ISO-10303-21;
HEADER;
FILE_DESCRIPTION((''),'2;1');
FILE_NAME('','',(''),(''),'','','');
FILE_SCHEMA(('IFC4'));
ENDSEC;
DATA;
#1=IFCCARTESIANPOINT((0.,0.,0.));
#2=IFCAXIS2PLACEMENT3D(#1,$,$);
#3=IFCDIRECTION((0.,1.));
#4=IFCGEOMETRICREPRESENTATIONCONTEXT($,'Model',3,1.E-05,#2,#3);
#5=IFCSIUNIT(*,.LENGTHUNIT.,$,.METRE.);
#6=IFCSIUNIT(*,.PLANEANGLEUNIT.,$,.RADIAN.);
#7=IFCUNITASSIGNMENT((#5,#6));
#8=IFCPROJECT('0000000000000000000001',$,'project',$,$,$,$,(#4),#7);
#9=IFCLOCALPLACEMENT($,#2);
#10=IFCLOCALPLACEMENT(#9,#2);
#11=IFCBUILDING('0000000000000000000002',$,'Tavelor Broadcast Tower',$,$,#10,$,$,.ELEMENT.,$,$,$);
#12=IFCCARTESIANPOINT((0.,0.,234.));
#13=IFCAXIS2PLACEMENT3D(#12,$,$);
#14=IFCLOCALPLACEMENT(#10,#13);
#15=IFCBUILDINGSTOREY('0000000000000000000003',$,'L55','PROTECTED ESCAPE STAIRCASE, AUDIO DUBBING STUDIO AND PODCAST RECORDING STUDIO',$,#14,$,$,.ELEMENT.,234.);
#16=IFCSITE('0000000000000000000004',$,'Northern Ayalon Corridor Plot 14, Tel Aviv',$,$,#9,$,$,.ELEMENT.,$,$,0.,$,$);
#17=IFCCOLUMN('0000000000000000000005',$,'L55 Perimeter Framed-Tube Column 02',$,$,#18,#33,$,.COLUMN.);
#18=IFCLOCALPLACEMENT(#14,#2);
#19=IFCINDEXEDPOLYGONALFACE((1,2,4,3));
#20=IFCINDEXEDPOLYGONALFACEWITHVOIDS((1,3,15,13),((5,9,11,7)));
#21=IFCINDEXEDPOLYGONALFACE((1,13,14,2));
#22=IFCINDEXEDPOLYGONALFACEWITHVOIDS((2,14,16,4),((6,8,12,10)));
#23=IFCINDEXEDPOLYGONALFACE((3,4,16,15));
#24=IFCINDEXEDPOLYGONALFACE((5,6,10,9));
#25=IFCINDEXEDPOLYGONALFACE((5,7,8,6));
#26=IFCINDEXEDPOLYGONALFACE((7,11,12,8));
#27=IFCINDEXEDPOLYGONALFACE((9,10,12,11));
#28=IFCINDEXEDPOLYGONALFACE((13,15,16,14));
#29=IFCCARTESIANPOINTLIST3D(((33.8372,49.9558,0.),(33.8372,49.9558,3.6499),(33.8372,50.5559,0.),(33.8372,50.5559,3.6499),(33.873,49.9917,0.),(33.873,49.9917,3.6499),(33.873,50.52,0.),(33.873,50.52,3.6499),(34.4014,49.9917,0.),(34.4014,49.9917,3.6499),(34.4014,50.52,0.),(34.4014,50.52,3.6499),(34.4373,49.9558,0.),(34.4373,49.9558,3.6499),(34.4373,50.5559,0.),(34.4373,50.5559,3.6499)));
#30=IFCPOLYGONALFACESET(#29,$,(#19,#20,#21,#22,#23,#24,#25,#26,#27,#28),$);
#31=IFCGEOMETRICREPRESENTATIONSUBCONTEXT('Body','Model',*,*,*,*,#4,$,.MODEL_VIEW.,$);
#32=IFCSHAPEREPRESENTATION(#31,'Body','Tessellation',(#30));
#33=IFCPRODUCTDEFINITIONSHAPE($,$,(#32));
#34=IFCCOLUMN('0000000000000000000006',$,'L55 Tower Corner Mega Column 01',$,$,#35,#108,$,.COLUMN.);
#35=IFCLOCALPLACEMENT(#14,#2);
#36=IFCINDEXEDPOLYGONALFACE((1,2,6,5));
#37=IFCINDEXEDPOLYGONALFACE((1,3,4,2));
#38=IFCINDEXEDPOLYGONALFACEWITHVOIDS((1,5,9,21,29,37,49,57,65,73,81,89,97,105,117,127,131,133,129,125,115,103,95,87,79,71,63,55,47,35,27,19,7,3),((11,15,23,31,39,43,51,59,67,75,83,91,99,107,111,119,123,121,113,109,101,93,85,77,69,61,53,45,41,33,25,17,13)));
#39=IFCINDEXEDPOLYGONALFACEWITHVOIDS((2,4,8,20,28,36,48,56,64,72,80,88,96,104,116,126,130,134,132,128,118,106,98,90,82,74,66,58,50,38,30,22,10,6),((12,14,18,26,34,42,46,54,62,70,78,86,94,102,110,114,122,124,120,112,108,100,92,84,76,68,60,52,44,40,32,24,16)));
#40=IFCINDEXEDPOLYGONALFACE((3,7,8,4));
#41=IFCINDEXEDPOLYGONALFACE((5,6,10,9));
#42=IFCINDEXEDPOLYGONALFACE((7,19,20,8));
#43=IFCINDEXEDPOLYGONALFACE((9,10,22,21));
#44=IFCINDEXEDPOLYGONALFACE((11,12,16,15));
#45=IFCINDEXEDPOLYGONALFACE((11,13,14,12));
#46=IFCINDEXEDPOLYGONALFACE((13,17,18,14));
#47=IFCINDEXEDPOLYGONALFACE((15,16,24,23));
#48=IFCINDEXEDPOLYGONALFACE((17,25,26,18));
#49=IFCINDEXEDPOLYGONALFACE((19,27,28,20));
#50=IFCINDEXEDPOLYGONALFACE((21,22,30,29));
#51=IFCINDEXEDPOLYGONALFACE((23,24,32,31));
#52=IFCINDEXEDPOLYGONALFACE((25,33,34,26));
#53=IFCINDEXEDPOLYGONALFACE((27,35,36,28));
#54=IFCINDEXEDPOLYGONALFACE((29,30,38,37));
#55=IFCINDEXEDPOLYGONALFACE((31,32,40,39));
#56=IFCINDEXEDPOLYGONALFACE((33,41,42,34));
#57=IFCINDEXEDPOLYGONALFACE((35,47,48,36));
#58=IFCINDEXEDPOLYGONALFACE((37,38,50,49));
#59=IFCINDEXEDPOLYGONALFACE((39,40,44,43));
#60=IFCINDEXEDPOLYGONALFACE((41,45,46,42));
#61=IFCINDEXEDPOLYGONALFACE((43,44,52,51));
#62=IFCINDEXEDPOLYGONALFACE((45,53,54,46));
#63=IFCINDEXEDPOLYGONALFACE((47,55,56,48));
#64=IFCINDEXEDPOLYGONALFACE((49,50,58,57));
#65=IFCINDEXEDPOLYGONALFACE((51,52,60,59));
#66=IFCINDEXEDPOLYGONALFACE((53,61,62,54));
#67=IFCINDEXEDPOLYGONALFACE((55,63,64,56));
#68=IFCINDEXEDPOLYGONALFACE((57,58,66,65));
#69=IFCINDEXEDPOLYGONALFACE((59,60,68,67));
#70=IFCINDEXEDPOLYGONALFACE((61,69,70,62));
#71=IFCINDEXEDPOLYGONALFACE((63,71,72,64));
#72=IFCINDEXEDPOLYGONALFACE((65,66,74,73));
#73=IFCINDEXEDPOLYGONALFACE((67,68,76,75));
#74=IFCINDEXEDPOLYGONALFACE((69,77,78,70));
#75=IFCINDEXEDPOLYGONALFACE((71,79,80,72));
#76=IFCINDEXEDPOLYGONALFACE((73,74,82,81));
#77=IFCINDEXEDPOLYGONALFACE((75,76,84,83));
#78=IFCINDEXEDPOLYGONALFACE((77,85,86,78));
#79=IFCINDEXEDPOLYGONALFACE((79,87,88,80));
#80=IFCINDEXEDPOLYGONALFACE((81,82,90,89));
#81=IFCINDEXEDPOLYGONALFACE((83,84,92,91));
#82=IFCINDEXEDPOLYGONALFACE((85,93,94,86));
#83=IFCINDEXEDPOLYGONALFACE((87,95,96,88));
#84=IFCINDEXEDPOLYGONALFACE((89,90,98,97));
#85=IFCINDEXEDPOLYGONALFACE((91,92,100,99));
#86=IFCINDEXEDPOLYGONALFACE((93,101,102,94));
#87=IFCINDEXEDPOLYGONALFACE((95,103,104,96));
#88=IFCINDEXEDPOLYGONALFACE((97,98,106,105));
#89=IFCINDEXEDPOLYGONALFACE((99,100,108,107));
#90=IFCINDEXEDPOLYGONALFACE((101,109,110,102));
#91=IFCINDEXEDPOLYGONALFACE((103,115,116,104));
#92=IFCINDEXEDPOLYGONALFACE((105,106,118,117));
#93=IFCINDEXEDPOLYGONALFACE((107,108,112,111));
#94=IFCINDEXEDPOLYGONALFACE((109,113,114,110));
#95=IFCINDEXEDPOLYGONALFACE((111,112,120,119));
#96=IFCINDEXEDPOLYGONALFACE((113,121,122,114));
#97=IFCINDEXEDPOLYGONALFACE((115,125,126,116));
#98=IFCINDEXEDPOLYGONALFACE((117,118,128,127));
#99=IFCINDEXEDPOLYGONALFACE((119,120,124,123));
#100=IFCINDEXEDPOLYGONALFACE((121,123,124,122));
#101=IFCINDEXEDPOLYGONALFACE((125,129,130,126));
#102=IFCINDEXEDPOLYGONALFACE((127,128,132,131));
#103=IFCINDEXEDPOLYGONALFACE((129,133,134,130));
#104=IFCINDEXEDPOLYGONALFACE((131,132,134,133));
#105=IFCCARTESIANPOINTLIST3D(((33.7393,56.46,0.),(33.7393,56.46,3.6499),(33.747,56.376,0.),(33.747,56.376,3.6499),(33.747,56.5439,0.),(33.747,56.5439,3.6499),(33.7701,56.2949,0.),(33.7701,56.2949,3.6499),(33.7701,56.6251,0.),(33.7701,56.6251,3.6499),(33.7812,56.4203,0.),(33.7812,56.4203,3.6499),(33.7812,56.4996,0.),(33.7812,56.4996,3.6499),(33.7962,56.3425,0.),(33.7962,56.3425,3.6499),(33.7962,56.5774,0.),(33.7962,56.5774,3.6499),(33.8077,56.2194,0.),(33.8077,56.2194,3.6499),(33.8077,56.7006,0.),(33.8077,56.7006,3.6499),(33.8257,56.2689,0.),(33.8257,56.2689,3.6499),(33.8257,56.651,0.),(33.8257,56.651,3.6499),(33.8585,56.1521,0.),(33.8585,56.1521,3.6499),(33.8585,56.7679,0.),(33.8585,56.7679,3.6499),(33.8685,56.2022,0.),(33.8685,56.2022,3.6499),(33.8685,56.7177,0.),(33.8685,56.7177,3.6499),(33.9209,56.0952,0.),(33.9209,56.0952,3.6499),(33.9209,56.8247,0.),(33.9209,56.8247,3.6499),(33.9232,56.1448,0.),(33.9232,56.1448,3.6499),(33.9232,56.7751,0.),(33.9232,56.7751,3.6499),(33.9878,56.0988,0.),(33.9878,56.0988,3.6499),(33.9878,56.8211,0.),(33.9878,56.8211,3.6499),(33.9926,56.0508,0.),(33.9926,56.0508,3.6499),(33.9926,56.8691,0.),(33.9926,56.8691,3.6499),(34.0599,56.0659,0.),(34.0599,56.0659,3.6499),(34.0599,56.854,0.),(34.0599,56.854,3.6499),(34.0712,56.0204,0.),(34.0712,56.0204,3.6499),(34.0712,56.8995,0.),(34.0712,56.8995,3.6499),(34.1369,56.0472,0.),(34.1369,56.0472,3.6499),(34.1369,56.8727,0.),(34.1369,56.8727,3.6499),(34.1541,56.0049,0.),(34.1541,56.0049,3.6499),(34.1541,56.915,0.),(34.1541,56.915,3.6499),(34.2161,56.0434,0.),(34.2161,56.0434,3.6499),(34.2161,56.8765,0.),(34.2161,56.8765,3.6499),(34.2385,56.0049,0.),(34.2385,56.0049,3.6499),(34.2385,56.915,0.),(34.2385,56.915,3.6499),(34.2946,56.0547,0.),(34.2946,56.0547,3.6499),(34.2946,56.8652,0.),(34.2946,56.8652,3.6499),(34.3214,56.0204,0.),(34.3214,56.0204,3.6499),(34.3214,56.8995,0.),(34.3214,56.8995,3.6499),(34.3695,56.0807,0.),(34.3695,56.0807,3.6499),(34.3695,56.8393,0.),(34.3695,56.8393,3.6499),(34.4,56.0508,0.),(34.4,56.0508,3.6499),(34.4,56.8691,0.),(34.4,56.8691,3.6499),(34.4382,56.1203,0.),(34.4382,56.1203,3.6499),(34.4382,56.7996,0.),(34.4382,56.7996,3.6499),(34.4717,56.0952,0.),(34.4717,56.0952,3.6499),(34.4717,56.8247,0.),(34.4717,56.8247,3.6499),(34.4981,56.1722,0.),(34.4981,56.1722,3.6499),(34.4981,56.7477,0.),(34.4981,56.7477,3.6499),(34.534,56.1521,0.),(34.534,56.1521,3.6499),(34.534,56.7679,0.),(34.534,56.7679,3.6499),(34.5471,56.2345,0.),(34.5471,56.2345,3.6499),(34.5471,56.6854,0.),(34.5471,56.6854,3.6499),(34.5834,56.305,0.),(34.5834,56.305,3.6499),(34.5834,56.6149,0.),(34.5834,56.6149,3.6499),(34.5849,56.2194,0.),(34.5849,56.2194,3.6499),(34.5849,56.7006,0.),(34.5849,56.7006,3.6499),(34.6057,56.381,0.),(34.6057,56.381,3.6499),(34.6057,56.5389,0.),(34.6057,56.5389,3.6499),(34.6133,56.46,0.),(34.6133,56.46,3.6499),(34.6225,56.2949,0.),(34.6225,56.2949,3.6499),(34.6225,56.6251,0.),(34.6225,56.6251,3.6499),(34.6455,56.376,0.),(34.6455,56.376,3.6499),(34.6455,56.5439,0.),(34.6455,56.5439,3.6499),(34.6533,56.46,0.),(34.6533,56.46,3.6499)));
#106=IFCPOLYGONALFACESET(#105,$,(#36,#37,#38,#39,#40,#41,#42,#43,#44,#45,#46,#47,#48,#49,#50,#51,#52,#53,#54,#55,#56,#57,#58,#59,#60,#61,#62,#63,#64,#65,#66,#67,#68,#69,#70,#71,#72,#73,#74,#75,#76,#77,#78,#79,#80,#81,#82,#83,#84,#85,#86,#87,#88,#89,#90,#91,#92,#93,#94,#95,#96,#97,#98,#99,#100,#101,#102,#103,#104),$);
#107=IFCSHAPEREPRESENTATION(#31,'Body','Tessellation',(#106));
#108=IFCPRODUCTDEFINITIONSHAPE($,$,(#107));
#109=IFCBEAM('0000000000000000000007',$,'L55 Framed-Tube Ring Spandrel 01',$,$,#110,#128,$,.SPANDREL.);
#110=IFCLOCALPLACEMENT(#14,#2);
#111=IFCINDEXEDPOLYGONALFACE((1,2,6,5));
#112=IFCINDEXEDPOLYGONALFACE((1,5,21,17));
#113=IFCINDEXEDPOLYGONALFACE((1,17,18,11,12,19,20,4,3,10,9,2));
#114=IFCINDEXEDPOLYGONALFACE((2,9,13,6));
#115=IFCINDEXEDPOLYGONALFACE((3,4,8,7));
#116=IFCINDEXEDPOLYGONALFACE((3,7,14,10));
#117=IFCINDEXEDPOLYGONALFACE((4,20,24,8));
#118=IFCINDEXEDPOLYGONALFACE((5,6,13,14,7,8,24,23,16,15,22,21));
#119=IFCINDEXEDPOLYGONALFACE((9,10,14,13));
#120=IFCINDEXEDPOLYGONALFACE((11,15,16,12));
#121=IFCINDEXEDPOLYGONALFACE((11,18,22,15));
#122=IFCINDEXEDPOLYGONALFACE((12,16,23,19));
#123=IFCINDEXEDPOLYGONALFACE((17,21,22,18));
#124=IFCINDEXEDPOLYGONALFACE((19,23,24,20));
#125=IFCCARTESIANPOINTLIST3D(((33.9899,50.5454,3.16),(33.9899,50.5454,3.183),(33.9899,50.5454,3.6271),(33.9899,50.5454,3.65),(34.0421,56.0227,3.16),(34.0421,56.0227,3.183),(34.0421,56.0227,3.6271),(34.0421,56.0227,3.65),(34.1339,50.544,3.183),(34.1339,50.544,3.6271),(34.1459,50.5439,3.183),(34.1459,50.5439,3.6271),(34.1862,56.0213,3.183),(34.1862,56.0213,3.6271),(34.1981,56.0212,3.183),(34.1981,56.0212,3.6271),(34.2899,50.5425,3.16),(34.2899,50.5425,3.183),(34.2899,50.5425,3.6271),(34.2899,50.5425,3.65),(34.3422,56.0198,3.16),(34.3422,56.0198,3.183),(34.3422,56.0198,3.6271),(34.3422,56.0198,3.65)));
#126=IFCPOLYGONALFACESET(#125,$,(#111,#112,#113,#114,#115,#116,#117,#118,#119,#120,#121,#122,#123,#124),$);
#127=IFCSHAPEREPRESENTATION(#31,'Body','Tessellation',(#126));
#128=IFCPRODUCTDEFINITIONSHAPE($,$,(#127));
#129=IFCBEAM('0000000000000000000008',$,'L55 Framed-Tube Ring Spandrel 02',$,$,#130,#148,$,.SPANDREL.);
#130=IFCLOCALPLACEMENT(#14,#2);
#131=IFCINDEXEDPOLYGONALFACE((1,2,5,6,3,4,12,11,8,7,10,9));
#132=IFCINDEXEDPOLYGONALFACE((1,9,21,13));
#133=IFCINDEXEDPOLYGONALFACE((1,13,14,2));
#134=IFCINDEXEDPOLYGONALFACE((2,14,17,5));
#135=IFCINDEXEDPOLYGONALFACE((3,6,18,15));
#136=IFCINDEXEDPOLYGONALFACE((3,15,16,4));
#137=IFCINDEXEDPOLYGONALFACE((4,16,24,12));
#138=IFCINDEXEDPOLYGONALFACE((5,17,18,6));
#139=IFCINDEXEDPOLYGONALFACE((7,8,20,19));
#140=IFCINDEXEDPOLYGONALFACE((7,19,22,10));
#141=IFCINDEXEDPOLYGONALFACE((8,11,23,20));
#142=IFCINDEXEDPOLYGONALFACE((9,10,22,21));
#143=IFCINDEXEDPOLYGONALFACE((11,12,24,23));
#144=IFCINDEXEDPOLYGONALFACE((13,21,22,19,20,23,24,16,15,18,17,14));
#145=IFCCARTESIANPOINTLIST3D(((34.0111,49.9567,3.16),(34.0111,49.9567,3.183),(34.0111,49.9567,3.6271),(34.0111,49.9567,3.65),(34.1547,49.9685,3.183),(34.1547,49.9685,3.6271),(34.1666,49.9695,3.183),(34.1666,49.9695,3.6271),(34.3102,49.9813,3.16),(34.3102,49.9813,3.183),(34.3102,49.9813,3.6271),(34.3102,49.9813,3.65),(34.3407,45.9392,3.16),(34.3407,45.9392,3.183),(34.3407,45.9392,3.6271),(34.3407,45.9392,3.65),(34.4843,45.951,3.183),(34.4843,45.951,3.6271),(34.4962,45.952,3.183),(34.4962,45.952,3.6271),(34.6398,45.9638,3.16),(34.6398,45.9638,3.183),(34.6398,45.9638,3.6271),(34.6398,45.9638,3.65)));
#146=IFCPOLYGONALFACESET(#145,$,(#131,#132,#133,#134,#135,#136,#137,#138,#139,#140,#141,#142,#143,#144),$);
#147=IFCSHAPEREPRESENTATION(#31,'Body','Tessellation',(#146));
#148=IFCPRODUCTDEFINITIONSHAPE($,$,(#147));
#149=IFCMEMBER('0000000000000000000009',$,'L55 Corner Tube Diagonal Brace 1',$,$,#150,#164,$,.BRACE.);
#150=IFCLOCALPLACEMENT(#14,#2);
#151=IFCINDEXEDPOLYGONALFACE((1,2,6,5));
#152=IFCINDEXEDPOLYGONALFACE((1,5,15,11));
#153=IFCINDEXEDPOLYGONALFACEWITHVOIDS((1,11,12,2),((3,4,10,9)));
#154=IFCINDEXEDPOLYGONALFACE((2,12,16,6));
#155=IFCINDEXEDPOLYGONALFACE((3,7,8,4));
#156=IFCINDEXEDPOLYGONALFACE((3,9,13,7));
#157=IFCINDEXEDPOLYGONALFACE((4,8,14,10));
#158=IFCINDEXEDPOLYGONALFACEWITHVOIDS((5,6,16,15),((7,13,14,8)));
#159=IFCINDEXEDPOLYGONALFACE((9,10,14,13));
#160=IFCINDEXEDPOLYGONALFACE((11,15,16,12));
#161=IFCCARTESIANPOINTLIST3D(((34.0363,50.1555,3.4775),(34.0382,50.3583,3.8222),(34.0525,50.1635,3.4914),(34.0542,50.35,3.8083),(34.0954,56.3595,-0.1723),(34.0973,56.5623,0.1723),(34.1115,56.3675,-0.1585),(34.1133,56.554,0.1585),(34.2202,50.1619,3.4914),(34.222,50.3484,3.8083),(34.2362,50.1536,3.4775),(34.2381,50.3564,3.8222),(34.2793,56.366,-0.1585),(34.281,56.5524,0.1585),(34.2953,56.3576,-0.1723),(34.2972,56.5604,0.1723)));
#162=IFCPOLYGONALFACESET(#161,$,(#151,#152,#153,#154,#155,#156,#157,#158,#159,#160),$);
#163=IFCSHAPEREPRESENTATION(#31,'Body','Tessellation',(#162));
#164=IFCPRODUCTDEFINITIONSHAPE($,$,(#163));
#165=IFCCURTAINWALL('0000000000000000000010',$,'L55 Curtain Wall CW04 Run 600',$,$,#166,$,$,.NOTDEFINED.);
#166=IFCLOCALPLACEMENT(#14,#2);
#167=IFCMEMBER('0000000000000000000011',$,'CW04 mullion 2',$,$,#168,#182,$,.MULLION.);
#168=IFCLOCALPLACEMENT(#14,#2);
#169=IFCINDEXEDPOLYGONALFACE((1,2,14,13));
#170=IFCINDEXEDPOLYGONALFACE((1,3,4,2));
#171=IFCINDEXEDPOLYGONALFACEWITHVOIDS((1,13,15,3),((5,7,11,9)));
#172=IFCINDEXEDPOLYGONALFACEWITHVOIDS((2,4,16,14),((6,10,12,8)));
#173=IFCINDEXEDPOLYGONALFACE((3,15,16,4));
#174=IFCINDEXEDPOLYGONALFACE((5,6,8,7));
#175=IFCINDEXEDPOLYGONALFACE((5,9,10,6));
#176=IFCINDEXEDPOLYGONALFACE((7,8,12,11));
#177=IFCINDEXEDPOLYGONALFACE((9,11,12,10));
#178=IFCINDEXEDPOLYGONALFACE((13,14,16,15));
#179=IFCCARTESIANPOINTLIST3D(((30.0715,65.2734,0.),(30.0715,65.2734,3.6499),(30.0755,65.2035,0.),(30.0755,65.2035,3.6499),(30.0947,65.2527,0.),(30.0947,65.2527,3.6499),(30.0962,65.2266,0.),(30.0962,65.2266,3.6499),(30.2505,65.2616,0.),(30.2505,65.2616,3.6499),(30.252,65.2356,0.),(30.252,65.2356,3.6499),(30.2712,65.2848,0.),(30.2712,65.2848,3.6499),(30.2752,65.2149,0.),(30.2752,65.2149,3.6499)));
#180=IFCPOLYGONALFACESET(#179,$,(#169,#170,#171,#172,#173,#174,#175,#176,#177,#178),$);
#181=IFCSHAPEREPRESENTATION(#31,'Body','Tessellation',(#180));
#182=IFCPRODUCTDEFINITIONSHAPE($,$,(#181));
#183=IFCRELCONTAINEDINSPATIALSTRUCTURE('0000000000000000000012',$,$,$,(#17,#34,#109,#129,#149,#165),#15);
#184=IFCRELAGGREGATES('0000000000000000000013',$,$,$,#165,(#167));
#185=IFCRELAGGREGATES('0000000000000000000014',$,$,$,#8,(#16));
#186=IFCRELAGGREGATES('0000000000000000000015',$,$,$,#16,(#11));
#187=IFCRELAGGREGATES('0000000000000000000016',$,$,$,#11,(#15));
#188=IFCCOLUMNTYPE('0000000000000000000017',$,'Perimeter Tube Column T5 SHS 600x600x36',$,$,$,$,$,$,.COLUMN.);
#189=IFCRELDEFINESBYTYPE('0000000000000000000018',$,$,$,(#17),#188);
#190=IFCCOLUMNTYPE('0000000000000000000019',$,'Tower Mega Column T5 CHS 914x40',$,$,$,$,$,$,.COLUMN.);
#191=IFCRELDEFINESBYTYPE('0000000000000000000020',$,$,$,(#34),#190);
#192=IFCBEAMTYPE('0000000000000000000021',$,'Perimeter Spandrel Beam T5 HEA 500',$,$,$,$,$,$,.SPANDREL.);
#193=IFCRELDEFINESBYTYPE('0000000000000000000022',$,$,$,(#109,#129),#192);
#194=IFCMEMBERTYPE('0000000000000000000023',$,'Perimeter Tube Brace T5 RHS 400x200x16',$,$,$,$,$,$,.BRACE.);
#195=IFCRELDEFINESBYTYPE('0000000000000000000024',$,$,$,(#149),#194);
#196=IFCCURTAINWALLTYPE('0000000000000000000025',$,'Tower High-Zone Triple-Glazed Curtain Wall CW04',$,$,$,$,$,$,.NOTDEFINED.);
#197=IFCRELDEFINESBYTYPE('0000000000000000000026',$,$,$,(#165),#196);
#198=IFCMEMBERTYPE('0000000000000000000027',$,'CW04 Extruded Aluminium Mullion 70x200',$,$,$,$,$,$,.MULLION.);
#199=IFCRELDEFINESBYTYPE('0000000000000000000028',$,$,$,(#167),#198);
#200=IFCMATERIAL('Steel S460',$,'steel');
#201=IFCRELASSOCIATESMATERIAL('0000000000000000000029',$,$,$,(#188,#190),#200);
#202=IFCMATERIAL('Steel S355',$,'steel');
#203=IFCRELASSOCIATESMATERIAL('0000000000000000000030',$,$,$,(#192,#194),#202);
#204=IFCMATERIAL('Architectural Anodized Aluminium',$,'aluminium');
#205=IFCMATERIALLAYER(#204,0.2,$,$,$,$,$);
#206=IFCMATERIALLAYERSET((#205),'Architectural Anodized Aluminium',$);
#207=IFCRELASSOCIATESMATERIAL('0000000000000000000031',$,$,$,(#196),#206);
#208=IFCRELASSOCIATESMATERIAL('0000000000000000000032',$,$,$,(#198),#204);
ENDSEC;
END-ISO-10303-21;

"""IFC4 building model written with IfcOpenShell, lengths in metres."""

from ifc_helpers import new_model, si_unit, direction, frame, origin, origin_2d, place, context, subcontext, project, spatial, hollow_rectangle, hollow_circle, i_section, extrude, source, transform, mapped, material, layer, layer_set, material_profile, profile_set, type_object, type_shapes, element, aggregate, save


model = new_model("IFC4")

# Units and contexts
model_context = context("Model", 3, precision=1e-05, world=origin(), true_north=direction((0.0, 1.0)))
body_context = subcontext(model_context, "Body", "Model", "MODEL_VIEW")
ifc_project = project(units=[si_unit("LENGTHUNIT", "METRE"), si_unit("PLANEANGLEUNIT", "RADIAN")], contexts=[model_context])

# Site, building, storey
site_placement = place(None, origin())
site = spatial("IfcSite", under=ifc_project, at=site_placement, Name="Northern Ayalon Corridor Plot 14, Tel Aviv", CompositionType="ELEMENT", RefElevation=0.0)
building_placement = place(site_placement, origin())
building = spatial("IfcBuilding", under=site, at=building_placement, Name="Tavelor Broadcast Tower", CompositionType="ELEMENT")
storey_placement = place(building_placement, frame((0.0, 0.0, 234.0)))
storey = spatial("IfcBuildingStorey", under=building, at=storey_placement, Name="L55", Description="PROTECTED ESCAPE STAIRCASE, AUDIO DUBBING STUDIO AND PODCAST RECORDING STUDIO", CompositionType="ELEMENT", Elevation=234.0)

# Columns
ifc_material_1 = material(Name="Steel S460", Category="steel")
ifc_material_profile_1 = material_profile(ifc_material_1, hollow_rectangle(XDim=0.6001, YDim=0.6001, WallThickness=0.0359, at=origin_2d()), Name="SHS 600x600x36")
ifc_profile_set_1 = profile_set([ifc_material_profile_1], Name="Steel S460")
column_type_1 = type_object("IfcColumnType", Name="Perimeter Tube Column T5 SHS 600x600x36", PredefinedType="COLUMN", material=ifc_profile_set_1)
column_1_placement = place(storey_placement, frame((34.1372, 50.2559, 0.0), z_axis=(0.0, 0.0, 1.0), x_axis=(1.0, 0.0, 0.0)))
element("IfcColumn", 1, at=column_1_placement, inside=storey, type_object=column_type_1, Name="L55 Perimeter Framed-Tube Column 02", PredefinedType="COLUMN", context=body_context, shape_type="SweptSolid", body=[
    extrude(hollow_rectangle(XDim=0.6001, YDim=0.6001, WallThickness=0.0359, at=origin_2d()), origin(), (0.0, 0.0, 1.0), 3.6499),
])
ifc_material_profile_2 = material_profile(ifc_material_1, hollow_circle(Radius=0.457, WallThickness=0.04, at=origin_2d()), Name="CHS 914x40")
ifc_profile_set_2 = profile_set([ifc_material_profile_2], Name="Steel S460")
column_type_2 = type_object("IfcColumnType", Name="Tower Mega Column T5 CHS 914x40", PredefinedType="COLUMN", material=ifc_profile_set_2)
column_2_placement = place(storey_placement, frame((34.1963, 56.46, 0.0), z_axis=(0.0, 0.0, 1.0), x_axis=(1.0, 0.0, 0.0)))
element("IfcColumn", 2, at=column_2_placement, inside=storey, type_object=column_type_2, Name="L55 Tower Corner Mega Column 01", PredefinedType="COLUMN", context=body_context, shape_type="SweptSolid", body=[
    extrude(hollow_circle(Radius=0.457, WallThickness=0.04, at=origin_2d()), origin(), (0.0, 0.0, 1.0), 3.6499),
])

# Beams
ifc_material_2 = material(Name="Steel S355", Category="steel")
ifc_material_profile_3 = material_profile(ifc_material_2, i_section(OverallWidth=0.3, OverallDepth=0.49, WebThickness=0.012, FlangeThickness=0.0229, at=origin_2d()), Name="HEA 500")
ifc_profile_set_3 = profile_set([ifc_material_profile_3], Name="Steel S355")
beam_type = type_object("IfcBeamType", Name="Perimeter Spandrel Beam T5 HEA 500", PredefinedType="SPANDREL", material=ifc_profile_set_3)
beam_1_placement = place(storey_placement, frame((34.1921, 56.0212, 3.405), z_axis=(-0.009538, -0.999955, 0.0), x_axis=(0.999955, -0.009538, 0.0)))
element("IfcBeam", 3, at=beam_1_placement, inside=storey, type_object=beam_type, Name="L55 Framed-Tube Ring Spandrel 01", PredefinedType="SPANDREL", context=body_context, shape_type="SweptSolid", body=[
    extrude(i_section(OverallWidth=0.3, OverallDepth=0.49, WebThickness=0.012, FlangeThickness=0.0229, at=origin_2d()), origin(), (0.0, 0.0, 1.0), 5.4775),
])
beam_2_placement = place(storey_placement, frame((34.1606, 49.969, 3.405), z_axis=(0.081762, -0.996652, 0.0), x_axis=(0.996652, 0.081762, 0.0)))
element("IfcBeam", 4, at=beam_2_placement, inside=storey, type_object=beam_type, Name="L55 Framed-Tube Ring Spandrel 02", PredefinedType="SPANDREL", context=body_context, shape_type="SweptSolid", body=[
    extrude(i_section(OverallWidth=0.3, OverallDepth=0.49, WebThickness=0.012, FlangeThickness=0.0229, at=origin_2d()), origin(), (0.0, 0.0, 1.0), 4.031),
])

# Member
ifc_material_profile_4 = material_profile(ifc_material_2, hollow_rectangle(XDim=0.2, YDim=0.3999, WallThickness=0.0161, at=origin_2d()), Name="RHS 400x200x16")
ifc_profile_set_4 = profile_set([ifc_material_profile_4], Name="Steel S355")
member_type_1 = type_object("IfcMemberType", Name="Perimeter Tube Brace T5 RHS 400x200x16", PredefinedType="BRACE", material=ifc_profile_set_4)
member_1_placement = place(storey_placement, frame((34.1963, 56.46, 0.0), z_axis=(-0.008208, -0.861879, 0.507048), x_axis=(0.999955, -0.009523, 0.0)))
element("IfcMember", 5, at=member_1_placement, inside=storey, type_object=member_type_1, Name="L55 Corner Tube Diagonal Brace 1", PredefinedType="BRACE", context=body_context, shape_type="SweptSolid", body=[
    extrude(hollow_rectangle(XDim=0.2, YDim=0.3999, WallThickness=0.0161, at=origin_2d()), origin(), (0.0, 0.0, 1.0), 7.1982),
])

# Curtain wall, member
ifc_material_3 = material(Name="Architectural Anodized Aluminium", Category="aluminium")
ifc_layer_1 = layer(ifc_material_3, 0.2)
ifc_layer_set_1 = layer_set([ifc_layer_1], Name="Architectural Anodized Aluminium")
curtain_wall_type = type_object("IfcCurtainWallType", Name="Tower High-Zone Triple-Glazed Curtain Wall CW04", PredefinedType="NOTDEFINED", material=ifc_layer_set_1)
curtain_wall_placement = place(storey_placement, origin())
curtain_wall = element("IfcCurtainWall", 6, at=curtain_wall_placement, inside=storey, type_object=curtain_wall_type, Name="L55 Curtain Wall CW04 Run 600", PredefinedType="NOTDEFINED")
ifc_material_profile_5 = material_profile(ifc_material_3, hollow_rectangle(XDim=0.0701, YDim=0.2, WallThickness=0.022, at=origin_2d()), Name="RHS 70x200x22")
ifc_profile_set_5 = profile_set([ifc_material_profile_5], Name="Architectural Anodized Aluminium")
member_type_2 = type_object("IfcMemberType", Name="CW04 Extruded Aluminium Mullion 70x200", PredefinedType="MULLION", material=ifc_profile_set_5)
shared_shape_1 = source(origin(), body_context, "Body", "SweptSolid", [
    extrude(hollow_rectangle(XDim=0.0701, YDim=0.2, WallThickness=0.022, at=origin_2d()), origin(), (0.0, 0.0, 1.0), 3.6499),
])
type_shapes(member_type_2, [shared_shape_1])
member_2_placement = place(storey_placement, frame((30.1733, 65.2441, 0.0), z_axis=(0.0, 0.0, 1.0), x_axis=(0.057141, -0.998366, 0.0)))
member_2 = element("IfcMember", 7, at=member_2_placement, type_object=member_type_2, Name="CW04 mullion 2", PredefinedType="MULLION", context=body_context, shape_type="MappedRepresentation", body=[
    mapped(shared_shape_1, transform((0.0, 0.0, 0.0), scale=1.0)),
])

aggregate(curtain_wall, [member_2])

save(model, "model.ifc")
